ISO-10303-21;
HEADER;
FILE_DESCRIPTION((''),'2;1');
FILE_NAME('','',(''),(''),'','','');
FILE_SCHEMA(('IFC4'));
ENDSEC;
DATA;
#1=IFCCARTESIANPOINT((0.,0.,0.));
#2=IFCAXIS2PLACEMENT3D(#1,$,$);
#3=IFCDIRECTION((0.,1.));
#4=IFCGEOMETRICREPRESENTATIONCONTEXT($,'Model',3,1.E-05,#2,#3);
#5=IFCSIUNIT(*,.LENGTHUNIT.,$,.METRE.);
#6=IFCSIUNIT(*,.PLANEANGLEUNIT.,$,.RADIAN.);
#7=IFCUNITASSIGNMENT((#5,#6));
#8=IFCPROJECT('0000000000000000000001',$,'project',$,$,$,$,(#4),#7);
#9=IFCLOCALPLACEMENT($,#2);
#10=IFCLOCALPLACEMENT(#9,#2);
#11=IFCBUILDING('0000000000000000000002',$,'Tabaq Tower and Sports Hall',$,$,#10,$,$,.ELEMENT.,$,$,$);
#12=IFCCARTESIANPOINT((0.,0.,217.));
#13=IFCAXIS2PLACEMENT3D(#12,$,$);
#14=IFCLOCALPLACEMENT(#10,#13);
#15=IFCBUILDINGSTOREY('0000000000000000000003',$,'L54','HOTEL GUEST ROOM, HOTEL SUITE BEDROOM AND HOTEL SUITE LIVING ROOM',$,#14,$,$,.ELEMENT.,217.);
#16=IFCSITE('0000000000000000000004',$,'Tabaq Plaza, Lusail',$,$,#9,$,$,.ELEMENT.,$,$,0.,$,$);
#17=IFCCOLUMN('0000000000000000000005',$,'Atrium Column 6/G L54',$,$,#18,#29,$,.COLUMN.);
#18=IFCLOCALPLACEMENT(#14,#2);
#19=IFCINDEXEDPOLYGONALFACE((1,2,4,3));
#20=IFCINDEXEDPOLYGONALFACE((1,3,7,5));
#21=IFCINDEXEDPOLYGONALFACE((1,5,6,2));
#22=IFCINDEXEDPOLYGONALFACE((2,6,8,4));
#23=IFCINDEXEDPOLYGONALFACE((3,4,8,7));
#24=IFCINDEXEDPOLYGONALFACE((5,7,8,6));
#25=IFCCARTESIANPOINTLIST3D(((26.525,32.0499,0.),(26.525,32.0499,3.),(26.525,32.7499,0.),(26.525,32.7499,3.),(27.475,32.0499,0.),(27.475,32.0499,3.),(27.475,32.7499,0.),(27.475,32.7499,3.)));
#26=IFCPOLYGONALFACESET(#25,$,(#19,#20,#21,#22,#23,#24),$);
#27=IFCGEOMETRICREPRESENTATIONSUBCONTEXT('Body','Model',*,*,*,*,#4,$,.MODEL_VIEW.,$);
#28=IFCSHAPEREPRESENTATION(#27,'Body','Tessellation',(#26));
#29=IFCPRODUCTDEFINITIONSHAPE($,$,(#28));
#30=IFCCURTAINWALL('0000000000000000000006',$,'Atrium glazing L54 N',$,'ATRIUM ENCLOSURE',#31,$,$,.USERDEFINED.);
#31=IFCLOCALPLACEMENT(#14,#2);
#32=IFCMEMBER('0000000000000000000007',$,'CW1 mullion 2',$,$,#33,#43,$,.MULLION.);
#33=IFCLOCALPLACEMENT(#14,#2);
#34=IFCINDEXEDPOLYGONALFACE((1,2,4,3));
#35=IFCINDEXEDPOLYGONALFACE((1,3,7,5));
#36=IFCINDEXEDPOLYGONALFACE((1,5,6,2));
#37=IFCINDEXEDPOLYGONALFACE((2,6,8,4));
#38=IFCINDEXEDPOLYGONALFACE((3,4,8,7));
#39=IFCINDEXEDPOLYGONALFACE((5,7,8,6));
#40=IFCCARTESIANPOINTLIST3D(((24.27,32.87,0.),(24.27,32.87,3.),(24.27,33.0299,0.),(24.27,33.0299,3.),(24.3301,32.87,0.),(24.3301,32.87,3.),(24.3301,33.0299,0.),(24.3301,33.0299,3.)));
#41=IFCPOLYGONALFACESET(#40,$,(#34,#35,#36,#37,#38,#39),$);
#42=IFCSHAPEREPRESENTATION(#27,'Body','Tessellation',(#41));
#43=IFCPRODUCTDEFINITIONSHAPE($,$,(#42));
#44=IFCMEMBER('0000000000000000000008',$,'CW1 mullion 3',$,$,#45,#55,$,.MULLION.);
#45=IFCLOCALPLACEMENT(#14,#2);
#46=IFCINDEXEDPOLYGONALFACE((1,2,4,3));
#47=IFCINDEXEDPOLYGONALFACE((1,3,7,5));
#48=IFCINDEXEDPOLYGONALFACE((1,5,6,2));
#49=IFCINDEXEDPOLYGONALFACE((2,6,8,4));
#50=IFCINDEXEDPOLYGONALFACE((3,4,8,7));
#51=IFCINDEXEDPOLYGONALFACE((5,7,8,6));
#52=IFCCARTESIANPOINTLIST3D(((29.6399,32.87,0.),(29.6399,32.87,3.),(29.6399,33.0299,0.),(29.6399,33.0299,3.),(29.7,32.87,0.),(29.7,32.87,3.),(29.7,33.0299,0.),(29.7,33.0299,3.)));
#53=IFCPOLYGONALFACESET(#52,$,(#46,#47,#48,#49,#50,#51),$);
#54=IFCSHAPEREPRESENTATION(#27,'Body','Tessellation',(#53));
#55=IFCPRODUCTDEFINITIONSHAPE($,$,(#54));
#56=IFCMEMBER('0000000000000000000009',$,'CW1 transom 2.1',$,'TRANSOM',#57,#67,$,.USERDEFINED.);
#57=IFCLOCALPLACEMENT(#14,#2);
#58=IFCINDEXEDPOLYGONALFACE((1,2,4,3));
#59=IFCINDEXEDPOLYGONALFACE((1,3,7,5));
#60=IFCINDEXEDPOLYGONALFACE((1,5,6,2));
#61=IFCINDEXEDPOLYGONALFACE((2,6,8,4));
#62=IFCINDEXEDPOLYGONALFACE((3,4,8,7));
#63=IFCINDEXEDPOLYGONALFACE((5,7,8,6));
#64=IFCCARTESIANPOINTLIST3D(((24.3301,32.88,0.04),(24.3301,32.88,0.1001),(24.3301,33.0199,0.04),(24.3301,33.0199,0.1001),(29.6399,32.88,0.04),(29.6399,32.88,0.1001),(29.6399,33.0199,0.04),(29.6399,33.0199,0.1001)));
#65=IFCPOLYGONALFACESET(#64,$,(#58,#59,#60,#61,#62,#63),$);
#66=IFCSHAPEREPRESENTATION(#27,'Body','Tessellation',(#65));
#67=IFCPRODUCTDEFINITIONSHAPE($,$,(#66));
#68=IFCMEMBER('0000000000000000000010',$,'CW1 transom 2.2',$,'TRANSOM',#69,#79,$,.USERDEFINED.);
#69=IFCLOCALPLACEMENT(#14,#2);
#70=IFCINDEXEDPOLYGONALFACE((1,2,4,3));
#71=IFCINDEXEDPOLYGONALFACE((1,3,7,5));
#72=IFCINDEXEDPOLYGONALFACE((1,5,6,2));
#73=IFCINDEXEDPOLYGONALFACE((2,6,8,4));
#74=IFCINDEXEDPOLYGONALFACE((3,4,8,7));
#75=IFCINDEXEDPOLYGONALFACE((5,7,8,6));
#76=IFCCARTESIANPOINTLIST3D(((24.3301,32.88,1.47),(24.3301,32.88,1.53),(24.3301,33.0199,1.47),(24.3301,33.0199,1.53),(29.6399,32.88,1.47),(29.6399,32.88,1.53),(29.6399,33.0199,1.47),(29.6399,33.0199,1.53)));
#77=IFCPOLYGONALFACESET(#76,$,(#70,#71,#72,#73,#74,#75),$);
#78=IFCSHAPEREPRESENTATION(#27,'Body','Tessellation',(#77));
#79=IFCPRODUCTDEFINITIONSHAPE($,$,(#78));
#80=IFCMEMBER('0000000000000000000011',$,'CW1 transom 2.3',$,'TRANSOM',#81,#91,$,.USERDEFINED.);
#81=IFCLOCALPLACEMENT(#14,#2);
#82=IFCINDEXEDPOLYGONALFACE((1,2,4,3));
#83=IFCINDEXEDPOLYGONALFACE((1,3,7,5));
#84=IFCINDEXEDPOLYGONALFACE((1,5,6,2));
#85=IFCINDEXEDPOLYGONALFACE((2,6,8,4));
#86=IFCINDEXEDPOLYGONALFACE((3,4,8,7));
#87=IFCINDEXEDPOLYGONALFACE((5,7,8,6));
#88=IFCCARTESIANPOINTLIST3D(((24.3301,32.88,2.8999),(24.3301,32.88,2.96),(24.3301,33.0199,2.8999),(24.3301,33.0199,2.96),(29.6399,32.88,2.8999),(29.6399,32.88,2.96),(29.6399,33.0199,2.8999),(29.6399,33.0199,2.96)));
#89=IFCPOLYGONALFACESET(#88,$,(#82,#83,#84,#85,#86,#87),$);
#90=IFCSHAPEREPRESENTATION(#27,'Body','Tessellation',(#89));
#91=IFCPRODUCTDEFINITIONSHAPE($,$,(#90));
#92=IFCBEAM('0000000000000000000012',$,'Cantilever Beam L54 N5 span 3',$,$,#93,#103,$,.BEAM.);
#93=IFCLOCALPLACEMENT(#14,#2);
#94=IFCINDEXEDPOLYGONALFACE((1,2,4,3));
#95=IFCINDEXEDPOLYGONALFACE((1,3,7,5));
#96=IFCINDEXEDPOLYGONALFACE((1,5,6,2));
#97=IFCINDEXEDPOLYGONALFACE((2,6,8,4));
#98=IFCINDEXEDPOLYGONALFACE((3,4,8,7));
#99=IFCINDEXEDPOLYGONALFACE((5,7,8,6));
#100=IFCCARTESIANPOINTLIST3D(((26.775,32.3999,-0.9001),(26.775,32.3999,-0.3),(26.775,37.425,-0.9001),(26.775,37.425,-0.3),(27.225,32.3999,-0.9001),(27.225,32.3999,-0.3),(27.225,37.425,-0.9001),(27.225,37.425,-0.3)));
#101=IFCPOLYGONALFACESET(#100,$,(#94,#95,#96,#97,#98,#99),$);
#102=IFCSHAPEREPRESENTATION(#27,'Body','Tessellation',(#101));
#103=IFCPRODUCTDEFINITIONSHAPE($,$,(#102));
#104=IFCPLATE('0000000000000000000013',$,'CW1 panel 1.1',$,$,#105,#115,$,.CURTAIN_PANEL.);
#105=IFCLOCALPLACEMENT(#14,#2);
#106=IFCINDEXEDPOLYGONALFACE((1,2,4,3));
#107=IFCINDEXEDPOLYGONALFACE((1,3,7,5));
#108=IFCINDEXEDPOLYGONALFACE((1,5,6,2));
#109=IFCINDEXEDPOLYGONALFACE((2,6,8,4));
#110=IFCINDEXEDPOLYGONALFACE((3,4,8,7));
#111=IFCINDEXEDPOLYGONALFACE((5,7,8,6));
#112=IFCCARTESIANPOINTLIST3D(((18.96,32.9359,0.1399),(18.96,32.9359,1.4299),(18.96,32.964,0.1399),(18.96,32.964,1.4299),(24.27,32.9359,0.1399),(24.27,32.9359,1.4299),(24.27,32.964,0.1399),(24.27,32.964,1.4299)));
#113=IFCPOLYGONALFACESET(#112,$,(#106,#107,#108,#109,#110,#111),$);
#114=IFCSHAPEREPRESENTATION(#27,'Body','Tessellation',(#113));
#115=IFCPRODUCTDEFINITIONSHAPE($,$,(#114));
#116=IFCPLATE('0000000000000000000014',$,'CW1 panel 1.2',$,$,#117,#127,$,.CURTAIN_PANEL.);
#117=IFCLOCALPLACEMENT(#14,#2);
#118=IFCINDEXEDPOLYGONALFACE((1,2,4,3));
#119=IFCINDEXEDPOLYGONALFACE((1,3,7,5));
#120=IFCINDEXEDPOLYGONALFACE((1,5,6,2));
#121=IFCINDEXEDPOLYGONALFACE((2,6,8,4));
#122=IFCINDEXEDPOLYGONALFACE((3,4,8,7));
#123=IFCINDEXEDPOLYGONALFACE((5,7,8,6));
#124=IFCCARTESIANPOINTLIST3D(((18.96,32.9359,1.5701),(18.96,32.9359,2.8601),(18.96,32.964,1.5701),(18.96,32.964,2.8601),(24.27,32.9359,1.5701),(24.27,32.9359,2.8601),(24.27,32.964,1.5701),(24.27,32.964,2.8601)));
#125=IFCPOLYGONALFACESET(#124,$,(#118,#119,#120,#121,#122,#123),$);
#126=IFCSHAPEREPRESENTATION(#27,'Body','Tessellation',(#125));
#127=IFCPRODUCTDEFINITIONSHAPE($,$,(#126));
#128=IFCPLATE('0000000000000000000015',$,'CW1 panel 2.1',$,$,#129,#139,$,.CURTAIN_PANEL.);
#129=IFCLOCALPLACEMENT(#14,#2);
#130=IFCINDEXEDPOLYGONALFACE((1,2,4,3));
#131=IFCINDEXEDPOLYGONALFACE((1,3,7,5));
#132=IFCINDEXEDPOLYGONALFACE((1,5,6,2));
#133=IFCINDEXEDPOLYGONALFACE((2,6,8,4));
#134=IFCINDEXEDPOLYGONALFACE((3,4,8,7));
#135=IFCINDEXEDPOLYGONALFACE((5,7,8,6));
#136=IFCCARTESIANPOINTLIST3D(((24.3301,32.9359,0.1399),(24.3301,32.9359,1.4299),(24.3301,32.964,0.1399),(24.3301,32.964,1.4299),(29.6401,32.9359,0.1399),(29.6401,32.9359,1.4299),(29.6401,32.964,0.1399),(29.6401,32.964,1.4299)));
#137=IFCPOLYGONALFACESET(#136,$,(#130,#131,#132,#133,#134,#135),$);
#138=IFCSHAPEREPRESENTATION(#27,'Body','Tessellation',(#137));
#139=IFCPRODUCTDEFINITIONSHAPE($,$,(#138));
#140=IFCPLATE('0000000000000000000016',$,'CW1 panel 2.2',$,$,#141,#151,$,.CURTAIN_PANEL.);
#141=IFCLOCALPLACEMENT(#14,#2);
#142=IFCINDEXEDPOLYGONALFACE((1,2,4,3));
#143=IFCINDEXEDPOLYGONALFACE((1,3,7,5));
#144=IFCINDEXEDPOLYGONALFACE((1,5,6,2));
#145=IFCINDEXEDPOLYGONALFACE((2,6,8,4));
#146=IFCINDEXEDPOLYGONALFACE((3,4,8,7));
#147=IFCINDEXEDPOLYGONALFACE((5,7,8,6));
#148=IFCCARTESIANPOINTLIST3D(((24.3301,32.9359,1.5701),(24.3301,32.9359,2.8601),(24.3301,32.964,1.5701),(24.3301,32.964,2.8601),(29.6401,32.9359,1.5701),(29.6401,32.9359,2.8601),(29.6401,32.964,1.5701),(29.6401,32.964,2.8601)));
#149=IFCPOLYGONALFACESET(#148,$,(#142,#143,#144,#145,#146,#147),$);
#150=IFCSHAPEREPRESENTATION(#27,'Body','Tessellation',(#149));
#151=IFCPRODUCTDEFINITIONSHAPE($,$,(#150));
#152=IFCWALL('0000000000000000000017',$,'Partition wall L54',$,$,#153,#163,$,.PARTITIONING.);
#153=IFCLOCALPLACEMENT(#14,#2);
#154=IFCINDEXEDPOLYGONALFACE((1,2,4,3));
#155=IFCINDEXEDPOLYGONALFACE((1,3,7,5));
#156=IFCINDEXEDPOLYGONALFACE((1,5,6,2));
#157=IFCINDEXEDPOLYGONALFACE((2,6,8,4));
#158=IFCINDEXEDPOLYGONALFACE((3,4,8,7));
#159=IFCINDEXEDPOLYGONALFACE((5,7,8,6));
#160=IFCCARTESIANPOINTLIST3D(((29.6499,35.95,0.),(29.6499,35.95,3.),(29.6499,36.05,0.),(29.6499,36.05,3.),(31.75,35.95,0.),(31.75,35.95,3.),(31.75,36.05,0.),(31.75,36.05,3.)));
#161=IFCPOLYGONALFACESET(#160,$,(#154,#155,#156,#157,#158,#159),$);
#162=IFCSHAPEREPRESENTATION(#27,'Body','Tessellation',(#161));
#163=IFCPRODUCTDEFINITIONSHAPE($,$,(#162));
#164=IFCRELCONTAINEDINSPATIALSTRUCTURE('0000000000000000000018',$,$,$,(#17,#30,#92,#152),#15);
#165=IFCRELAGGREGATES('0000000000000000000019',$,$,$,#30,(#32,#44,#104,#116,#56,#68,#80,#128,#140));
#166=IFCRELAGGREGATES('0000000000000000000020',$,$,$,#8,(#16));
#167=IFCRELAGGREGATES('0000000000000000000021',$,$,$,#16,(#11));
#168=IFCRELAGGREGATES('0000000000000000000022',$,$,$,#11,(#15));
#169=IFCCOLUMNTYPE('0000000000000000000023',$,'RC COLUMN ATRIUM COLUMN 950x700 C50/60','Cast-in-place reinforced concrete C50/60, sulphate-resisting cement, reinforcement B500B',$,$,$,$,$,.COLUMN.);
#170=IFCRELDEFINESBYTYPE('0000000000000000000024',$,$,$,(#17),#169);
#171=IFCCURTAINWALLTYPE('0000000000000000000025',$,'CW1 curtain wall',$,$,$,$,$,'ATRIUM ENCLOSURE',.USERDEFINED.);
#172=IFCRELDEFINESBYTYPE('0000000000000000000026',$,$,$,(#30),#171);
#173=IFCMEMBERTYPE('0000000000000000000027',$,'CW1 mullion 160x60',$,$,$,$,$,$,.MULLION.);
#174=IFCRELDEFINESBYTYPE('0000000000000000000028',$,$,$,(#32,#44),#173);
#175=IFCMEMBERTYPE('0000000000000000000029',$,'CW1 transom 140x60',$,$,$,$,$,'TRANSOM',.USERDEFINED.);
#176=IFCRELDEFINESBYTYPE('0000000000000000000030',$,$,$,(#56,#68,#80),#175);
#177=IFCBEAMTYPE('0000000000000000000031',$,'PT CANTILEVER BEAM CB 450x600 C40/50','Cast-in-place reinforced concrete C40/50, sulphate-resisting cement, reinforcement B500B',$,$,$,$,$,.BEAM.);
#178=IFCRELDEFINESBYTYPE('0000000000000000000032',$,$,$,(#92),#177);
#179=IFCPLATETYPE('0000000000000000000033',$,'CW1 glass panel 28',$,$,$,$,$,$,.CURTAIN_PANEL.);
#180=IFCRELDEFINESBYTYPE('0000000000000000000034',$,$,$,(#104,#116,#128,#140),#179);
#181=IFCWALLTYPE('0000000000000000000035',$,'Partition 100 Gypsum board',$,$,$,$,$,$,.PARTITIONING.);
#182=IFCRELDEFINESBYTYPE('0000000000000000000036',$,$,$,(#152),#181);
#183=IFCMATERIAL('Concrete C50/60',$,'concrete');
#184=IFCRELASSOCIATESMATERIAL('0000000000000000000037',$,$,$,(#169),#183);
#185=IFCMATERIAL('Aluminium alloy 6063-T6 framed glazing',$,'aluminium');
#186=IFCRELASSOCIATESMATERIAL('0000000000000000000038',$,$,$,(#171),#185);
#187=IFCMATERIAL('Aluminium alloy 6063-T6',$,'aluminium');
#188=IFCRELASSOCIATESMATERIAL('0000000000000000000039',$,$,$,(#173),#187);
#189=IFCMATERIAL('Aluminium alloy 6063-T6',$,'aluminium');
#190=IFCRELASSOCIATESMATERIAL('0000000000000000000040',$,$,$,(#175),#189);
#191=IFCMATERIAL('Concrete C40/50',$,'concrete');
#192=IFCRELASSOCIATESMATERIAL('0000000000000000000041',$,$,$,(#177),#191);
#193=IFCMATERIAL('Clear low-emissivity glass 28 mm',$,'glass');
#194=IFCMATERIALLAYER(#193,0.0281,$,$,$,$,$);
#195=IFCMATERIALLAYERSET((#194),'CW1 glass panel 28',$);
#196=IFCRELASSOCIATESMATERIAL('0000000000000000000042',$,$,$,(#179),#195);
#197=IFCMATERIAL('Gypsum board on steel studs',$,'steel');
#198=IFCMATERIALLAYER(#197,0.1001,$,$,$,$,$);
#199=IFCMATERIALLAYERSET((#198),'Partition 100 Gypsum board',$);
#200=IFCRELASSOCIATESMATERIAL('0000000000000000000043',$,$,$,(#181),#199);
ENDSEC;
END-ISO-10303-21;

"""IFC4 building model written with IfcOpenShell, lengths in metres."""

from ifc_helpers import new_model, si_unit, direction, frame, frame_2d, origin, origin_2d, place, context, subcontext, project, spatial, rectangle, extrude, material, layer, layer_set, material_profile, profile_set, type_object, element, aggregate, save


model = new_model("IFC4")

# Units and contexts
model_context = context("Model", 3, precision=1e-05, world=origin(), true_north=direction((0.0, 1.0)))
body_context = subcontext(model_context, "Body", "Model", "MODEL_VIEW")
ifc_project = project(units=[si_unit("LENGTHUNIT", "METRE"), si_unit("PLANEANGLEUNIT", "RADIAN")], contexts=[model_context])

# Site, building, storey
site_placement = place(None, origin())
site = spatial("IfcSite", under=ifc_project, at=site_placement, Name="Tabaq Plaza, Lusail", CompositionType="ELEMENT", RefElevation=0.0)
building_placement = place(site_placement, origin())
building = spatial("IfcBuilding", under=site, at=building_placement, Name="Tabaq Tower and Sports Hall", CompositionType="ELEMENT")
storey_placement = place(building_placement, frame((0.0, 0.0, 217.0)))
storey = spatial("IfcBuildingStorey", under=building, at=storey_placement, Name="L54", Description="HOTEL GUEST ROOM, HOTEL SUITE BEDROOM AND HOTEL SUITE LIVING ROOM", CompositionType="ELEMENT", Elevation=217.0)

# Column
ifc_material_1 = material(Name="Concrete C50/60", Category="concrete")
ifc_material_profile_1 = material_profile(ifc_material_1, rectangle(XDim=0.95, YDim=0.7, at=origin_2d()), Name="ATRIUM COLUMN 950x700")
ifc_profile_set_1 = profile_set([ifc_material_profile_1], Name="Concrete C50/60")
column_type = type_object("IfcColumnType", Name="RC COLUMN ATRIUM COLUMN 950x700 C50/60", Description="Cast-in-place reinforced concrete C50/60, sulphate-resisting cement, reinforcement B500B", PredefinedType="COLUMN", material=ifc_profile_set_1)
column_placement = place(storey_placement, frame((27.0, 32.3999, 0.0), z_axis=(0.0, 0.0, 1.0), x_axis=(1.0, 0.0, 0.0)))
element("IfcColumn", 1, at=column_placement, inside=storey, type_object=column_type, Name="Atrium Column 6/G L54", PredefinedType="COLUMN", context=body_context, shape_type="SweptSolid", body=[
    extrude(rectangle(XDim=0.95, YDim=0.7, at=origin_2d()), origin(), (0.0, 0.0, 1.0), 3.0),
])

# Curtain wall, members
ifc_material_2 = material(Name="Aluminium alloy 6063-T6 framed glazing", Category="aluminium")
curtain_wall_type = type_object("IfcCurtainWallType", Name="CW1 curtain wall", ElementType="ATRIUM ENCLOSURE", PredefinedType="USERDEFINED", material=ifc_material_2)
curtain_wall_placement = place(storey_placement, origin())
curtain_wall = element("IfcCurtainWall", 2, at=curtain_wall_placement, inside=storey, type_object=curtain_wall_type, Name="Atrium glazing L54 N", ObjectType="ATRIUM ENCLOSURE", PredefinedType="USERDEFINED")
ifc_material_3 = material(Name="Aluminium alloy 6063-T6", Category="aluminium")
ifc_material_profile_2 = material_profile(ifc_material_3, rectangle(XDim=0.1599, YDim=0.0601, at=origin_2d()), Name="MULLION 160x60")
ifc_profile_set_2 = profile_set([ifc_material_profile_2], Name="Aluminium alloy 6063-T6")
member_type_1 = type_object("IfcMemberType", Name="CW1 mullion 160x60", PredefinedType="MULLION", material=ifc_profile_set_2)
member_1_placement = place(storey_placement, frame((24.3, 32.95, 0.0), z_axis=(0.0, 0.0, 1.0), x_axis=(0.0, 1.0, 0.0)))
member_1 = element("IfcMember", 3, at=member_1_placement, type_object=member_type_1, Name="CW1 mullion 2", PredefinedType="MULLION", context=body_context, shape_type="SweptSolid", body=[
    extrude(rectangle(XDim=0.1599, YDim=0.0601, at=origin_2d()), origin(), (0.0, 0.0, 1.0), 3.0),
])
member_2_placement = place(storey_placement, frame((29.6699, 32.95, 0.0), z_axis=(0.0, 0.0, 1.0), x_axis=(0.0, 1.0, 0.0)))
member_2 = element("IfcMember", 4, at=member_2_placement, type_object=member_type_1, Name="CW1 mullion 3", PredefinedType="MULLION", context=body_context, shape_type="SweptSolid", body=[
    extrude(rectangle(XDim=0.1599, YDim=0.0601, at=origin_2d()), origin(), (0.0, 0.0, 1.0), 3.0),
])
ifc_material_4 = material(Name="Aluminium alloy 6063-T6", Category="aluminium")
ifc_material_profile_3 = material_profile(ifc_material_4, rectangle(XDim=0.1399, YDim=0.0601, at=origin_2d()), Name="TRANSOM 140x60")
ifc_profile_set_3 = profile_set([ifc_material_profile_3], Name="Aluminium alloy 6063-T6")
member_type_2 = type_object("IfcMemberType", Name="CW1 transom 140x60", ElementType="TRANSOM", PredefinedType="USERDEFINED", material=ifc_profile_set_3)
member_3_placement = place(storey_placement, frame((24.3301, 32.95, 0.0701), z_axis=(1.0, 0.0, 0.0), x_axis=(0.0, 1.0, 0.0)))
member_3 = element("IfcMember", 5, at=member_3_placement, type_object=member_type_2, Name="CW1 transom 2.1", ObjectType="TRANSOM", PredefinedType="USERDEFINED", context=body_context, shape_type="SweptSolid", body=[
    extrude(rectangle(XDim=0.1399, YDim=0.0601, at=origin_2d()), origin(), (0.0, 0.0, 1.0), 5.3098),
])
member_4_placement = place(storey_placement, frame((24.3301, 32.95, 1.5), z_axis=(1.0, 0.0, 0.0), x_axis=(0.0, 1.0, 0.0)))
member_4 = element("IfcMember", 6, at=member_4_placement, type_object=member_type_2, Name="CW1 transom 2.2", ObjectType="TRANSOM", PredefinedType="USERDEFINED", context=body_context, shape_type="SweptSolid", body=[
    extrude(rectangle(XDim=0.1399, YDim=0.0601, at=origin_2d()), origin(), (0.0, 0.0, 1.0), 5.3098),
])
member_5_placement = place(storey_placement, frame((24.3301, 32.95, 2.9299), z_axis=(1.0, 0.0, 0.0), x_axis=(0.0, 1.0, 0.0)))
member_5 = element("IfcMember", 7, at=member_5_placement, type_object=member_type_2, Name="CW1 transom 2.3", ObjectType="TRANSOM", PredefinedType="USERDEFINED", context=body_context, shape_type="SweptSolid", body=[
    extrude(rectangle(XDim=0.1399, YDim=0.0601, at=origin_2d()), origin(), (0.0, 0.0, 1.0), 5.3098),
])

# Beam
ifc_material_5 = material(Name="Concrete C40/50", Category="concrete")
ifc_material_profile_4 = material_profile(ifc_material_5, rectangle(XDim=0.45, YDim=0.6001, at=origin_2d()), Name="CB 450x600")
ifc_profile_set_4 = profile_set([ifc_material_profile_4], Name="Concrete C40/50")
beam_type = type_object("IfcBeamType", Name="PT CANTILEVER BEAM CB 450x600 C40/50", Description="Cast-in-place reinforced concrete C40/50, sulphate-resisting cement, reinforcement B500B", PredefinedType="BEAM", material=ifc_profile_set_4)
beam_placement = place(storey_placement, frame((27.0, 37.425, -0.6001), z_axis=(0.0, -1.0, 0.0), x_axis=(1.0, 0.0, 0.0)))
element("IfcBeam", 8, at=beam_placement, inside=storey, type_object=beam_type, Name="Cantilever Beam L54 N5 span 3", PredefinedType="BEAM", context=body_context, shape_type="SweptSolid", body=[
    extrude(rectangle(XDim=0.45, YDim=0.6001, at=origin_2d()), origin(), (0.0, 0.0, 1.0), 5.0251),
])

# Plates
ifc_material_6 = material(Name="Clear low-emissivity glass 28 mm", Category="glass")
ifc_layer_1 = layer(ifc_material_6, 0.0281)
ifc_layer_set_1 = layer_set([ifc_layer_1], Name="CW1 glass panel 28")
plate_type = type_object("IfcPlateType", Name="CW1 glass panel 28", PredefinedType="CURTAIN_PANEL", material=ifc_layer_set_1)
plate_1_placement = place(storey_placement, frame((21.615, 32.95, 0.1399), z_axis=(0.0, 0.0, 1.0), x_axis=(1.0, 0.0, 0.0)))
plate_1 = element("IfcPlate", 9, at=plate_1_placement, type_object=plate_type, Name="CW1 panel 1.1", PredefinedType="CURTAIN_PANEL", context=body_context, shape_type="SweptSolid", body=[
    extrude(rectangle(XDim=5.3101, YDim=0.0281, at=origin_2d()), origin(), (0.0, 0.0, 1.0), 1.29),
])
plate_2_placement = place(storey_placement, frame((21.615, 32.95, 1.5701), z_axis=(0.0, 0.0, 1.0), x_axis=(1.0, 0.0, 0.0)))
plate_2 = element("IfcPlate", 10, at=plate_2_placement, type_object=plate_type, Name="CW1 panel 1.2", PredefinedType="CURTAIN_PANEL", context=body_context, shape_type="SweptSolid", body=[
    extrude(rectangle(XDim=5.3101, YDim=0.0281, at=origin_2d()), origin(), (0.0, 0.0, 1.0), 1.29),
])
plate_3_placement = place(storey_placement, frame((26.9851, 32.95, 0.1399), z_axis=(0.0, 0.0, 1.0), x_axis=(1.0, 0.0, 0.0)))
plate_3 = element("IfcPlate", 11, at=plate_3_placement, type_object=plate_type, Name="CW1 panel 2.1", PredefinedType="CURTAIN_PANEL", context=body_context, shape_type="SweptSolid", body=[
    extrude(rectangle(XDim=5.3101, YDim=0.0281, at=origin_2d()), origin(), (0.0, 0.0, 1.0), 1.29),
])
plate_4_placement = place(storey_placement, frame((26.9851, 32.95, 1.5701), z_axis=(0.0, 0.0, 1.0), x_axis=(1.0, 0.0, 0.0)))
plate_4 = element("IfcPlate", 12, at=plate_4_placement, type_object=plate_type, Name="CW1 panel 2.2", PredefinedType="CURTAIN_PANEL", context=body_context, shape_type="SweptSolid", body=[
    extrude(rectangle(XDim=5.3101, YDim=0.0281, at=origin_2d()), origin(), (0.0, 0.0, 1.0), 1.29),
])
aggregate(curtain_wall, [member_1, member_2, plate_1, plate_2, member_3, member_4, member_5, plate_3, plate_4])

# Wall
ifc_material_7 = material(Name="Gypsum board on steel studs", Category="steel")
ifc_layer_2 = layer(ifc_material_7, 0.1001)
ifc_layer_set_2 = layer_set([ifc_layer_2], Name="Partition 100 Gypsum board")
wall_type_1 = type_object("IfcWallType", Name="Partition 100 Gypsum board", PredefinedType="PARTITIONING", material=ifc_layer_set_2)
wall_1_placement = place(storey_placement, frame((31.75, 36.0, 0.0), z_axis=(0.0, 0.0, 1.0), x_axis=(-1.0, 0.0, 0.0)))
element("IfcWall", 13, at=wall_1_placement, inside=storey, type_object=wall_type_1, Name="Partition wall L54", PredefinedType="PARTITIONING", context=body_context, shape_type="SweptSolid", body=[
    extrude(rectangle(XDim=2.1001, YDim=0.1001, at=frame_2d((1.05, 0.0))), origin(), (0.0, 0.0, 1.0), 3.0),
])

save(model, "model.ifc")
